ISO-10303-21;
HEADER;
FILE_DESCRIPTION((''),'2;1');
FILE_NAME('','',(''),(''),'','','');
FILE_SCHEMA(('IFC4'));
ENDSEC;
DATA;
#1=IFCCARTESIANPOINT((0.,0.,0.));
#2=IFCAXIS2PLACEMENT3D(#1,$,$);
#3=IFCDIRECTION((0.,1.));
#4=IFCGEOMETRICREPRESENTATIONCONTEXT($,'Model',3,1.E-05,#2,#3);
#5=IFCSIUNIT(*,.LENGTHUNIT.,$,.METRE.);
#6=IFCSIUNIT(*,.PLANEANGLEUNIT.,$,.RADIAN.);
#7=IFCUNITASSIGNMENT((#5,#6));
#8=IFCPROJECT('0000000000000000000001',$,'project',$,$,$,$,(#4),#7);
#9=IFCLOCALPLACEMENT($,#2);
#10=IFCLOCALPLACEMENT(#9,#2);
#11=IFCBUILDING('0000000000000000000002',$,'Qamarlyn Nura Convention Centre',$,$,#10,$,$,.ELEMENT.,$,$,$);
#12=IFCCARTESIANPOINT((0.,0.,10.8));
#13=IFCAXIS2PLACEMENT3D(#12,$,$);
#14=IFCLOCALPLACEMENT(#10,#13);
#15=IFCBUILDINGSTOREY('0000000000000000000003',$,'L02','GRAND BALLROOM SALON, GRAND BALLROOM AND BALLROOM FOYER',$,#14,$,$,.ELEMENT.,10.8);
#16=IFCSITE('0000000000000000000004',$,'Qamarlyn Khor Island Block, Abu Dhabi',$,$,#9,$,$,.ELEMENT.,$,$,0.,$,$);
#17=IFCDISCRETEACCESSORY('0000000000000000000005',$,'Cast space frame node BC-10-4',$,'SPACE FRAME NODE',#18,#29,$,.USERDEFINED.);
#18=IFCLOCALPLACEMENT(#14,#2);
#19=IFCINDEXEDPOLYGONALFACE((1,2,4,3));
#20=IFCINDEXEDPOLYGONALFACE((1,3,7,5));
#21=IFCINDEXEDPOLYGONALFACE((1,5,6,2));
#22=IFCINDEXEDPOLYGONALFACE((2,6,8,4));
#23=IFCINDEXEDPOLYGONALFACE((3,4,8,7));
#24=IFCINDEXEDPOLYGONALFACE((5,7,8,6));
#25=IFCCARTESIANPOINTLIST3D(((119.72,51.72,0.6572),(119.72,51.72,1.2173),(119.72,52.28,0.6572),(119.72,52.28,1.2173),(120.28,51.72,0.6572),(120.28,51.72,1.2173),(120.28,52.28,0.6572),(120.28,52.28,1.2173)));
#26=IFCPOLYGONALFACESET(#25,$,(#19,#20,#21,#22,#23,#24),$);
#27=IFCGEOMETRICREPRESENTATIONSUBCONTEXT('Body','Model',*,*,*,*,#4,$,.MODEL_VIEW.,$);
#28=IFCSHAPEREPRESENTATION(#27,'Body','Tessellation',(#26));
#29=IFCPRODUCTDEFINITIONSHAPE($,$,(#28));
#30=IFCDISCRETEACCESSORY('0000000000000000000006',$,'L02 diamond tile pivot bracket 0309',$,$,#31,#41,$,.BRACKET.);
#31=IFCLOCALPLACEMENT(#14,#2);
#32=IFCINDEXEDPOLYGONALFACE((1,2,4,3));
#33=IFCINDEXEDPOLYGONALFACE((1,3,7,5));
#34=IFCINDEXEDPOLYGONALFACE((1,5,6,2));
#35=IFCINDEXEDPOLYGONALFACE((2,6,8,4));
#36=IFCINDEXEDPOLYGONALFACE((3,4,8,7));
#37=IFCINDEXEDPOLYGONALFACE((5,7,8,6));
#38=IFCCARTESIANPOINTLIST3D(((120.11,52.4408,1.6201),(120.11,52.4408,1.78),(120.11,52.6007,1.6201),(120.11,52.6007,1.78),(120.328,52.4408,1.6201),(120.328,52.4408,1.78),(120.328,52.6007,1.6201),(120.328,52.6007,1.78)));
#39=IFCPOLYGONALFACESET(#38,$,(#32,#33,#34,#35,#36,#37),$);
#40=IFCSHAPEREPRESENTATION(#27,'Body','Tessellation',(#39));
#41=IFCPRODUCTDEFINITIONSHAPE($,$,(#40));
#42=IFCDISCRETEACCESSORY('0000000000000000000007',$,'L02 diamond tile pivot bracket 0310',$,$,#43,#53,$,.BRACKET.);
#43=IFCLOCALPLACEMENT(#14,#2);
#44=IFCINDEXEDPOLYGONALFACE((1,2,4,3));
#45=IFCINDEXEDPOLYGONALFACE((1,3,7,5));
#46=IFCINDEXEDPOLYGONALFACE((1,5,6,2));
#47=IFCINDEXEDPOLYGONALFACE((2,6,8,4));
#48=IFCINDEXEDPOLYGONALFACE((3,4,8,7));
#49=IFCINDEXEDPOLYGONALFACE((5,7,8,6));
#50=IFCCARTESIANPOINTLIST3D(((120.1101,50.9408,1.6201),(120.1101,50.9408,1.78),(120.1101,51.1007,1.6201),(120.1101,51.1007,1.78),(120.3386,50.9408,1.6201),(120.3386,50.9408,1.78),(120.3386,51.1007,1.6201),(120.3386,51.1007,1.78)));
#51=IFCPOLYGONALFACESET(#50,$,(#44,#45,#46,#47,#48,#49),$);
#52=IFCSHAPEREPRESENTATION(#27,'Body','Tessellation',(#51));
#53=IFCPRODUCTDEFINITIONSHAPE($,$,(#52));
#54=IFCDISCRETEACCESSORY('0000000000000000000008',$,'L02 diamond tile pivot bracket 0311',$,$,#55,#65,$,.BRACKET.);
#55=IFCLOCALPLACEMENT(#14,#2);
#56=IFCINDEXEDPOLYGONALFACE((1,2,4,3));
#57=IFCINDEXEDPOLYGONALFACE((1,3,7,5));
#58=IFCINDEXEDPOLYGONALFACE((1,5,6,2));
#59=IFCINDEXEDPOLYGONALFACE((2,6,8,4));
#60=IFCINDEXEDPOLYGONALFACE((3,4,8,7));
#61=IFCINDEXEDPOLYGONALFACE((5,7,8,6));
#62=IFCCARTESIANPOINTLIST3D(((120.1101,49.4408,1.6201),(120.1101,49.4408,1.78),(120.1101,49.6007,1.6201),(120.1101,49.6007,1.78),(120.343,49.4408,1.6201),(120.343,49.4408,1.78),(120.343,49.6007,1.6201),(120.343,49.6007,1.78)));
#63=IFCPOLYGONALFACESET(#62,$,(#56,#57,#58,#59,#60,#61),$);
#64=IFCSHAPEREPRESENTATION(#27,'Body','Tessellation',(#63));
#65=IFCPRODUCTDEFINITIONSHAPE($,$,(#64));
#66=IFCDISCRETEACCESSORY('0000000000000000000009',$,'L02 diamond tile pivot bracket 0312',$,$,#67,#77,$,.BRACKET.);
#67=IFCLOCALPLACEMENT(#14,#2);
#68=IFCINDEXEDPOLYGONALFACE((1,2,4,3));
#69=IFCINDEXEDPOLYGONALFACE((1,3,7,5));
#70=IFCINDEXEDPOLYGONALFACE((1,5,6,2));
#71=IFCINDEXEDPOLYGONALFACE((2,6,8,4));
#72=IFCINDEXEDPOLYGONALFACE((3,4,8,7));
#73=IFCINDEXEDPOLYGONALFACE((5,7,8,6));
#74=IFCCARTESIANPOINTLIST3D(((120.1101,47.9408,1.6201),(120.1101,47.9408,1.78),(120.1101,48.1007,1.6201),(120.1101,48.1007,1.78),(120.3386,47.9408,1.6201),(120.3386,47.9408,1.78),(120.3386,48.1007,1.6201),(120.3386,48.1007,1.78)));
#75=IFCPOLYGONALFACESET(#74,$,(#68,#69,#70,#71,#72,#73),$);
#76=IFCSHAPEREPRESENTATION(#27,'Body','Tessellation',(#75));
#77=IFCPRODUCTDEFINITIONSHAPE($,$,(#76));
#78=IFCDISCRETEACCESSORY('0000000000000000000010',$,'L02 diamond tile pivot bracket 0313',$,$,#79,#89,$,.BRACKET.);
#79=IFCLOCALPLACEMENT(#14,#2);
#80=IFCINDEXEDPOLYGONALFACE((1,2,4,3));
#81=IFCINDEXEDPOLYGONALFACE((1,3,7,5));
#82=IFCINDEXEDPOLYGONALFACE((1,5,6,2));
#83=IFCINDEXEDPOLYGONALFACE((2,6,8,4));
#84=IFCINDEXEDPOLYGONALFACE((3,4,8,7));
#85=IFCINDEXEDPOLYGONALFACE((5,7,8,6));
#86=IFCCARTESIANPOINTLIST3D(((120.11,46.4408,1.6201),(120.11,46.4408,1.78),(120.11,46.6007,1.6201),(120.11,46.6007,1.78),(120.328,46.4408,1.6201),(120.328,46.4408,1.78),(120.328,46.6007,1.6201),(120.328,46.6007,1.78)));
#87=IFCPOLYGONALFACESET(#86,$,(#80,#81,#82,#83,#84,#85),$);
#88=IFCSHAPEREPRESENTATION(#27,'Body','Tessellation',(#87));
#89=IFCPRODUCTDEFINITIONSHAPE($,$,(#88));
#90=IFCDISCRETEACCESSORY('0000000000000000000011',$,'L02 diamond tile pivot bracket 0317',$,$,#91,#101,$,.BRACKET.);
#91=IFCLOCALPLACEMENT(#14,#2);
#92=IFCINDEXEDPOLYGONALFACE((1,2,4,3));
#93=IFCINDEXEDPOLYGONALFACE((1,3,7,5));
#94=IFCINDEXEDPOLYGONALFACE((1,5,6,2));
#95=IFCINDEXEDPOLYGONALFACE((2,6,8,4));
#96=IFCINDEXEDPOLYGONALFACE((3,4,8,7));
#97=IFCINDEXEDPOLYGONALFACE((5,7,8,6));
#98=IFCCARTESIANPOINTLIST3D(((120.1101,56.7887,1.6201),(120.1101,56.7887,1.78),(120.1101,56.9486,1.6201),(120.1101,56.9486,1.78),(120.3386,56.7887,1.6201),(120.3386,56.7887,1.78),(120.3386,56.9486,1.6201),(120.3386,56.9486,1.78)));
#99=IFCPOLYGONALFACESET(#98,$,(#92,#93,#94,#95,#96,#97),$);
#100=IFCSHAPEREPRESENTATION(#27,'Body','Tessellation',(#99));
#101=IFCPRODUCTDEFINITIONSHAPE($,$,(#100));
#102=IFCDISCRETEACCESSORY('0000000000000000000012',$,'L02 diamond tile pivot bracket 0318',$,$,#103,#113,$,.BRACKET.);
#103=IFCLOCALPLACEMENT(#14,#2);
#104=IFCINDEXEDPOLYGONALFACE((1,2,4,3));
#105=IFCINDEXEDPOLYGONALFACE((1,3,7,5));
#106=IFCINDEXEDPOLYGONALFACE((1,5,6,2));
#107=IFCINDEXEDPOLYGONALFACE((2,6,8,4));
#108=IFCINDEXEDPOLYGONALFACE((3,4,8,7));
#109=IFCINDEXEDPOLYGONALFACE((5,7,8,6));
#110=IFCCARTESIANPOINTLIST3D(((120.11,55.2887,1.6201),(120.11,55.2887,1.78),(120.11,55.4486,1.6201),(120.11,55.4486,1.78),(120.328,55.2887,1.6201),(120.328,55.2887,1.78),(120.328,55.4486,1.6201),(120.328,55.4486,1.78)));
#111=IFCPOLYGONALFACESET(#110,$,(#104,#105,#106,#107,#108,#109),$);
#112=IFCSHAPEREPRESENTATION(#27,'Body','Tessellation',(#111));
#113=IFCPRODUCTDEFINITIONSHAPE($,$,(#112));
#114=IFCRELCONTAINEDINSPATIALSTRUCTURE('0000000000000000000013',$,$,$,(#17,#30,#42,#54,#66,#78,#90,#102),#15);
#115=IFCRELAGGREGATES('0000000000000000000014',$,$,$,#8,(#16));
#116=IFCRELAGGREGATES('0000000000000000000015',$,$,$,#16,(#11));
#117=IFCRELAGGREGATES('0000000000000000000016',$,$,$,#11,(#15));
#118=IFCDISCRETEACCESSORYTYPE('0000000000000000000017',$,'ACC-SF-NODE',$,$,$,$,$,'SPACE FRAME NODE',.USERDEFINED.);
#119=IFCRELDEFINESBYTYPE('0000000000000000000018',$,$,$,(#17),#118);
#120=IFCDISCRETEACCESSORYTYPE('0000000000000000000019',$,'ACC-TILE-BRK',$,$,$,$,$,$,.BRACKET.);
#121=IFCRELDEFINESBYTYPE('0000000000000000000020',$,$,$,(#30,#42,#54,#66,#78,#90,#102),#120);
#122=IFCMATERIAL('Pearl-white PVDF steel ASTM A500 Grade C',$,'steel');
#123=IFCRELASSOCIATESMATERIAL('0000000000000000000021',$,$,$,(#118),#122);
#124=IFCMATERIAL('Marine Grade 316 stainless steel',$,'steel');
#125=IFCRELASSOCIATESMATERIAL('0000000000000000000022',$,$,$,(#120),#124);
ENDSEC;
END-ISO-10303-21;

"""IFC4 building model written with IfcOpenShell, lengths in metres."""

from ifc_helpers import new_model, si_unit, direction, frame, origin, origin_2d, place, context, subcontext, project, spatial, rectangle, extrude, material, type_object, element, save


model = new_model("IFC4")

# Units and contexts
model_context = context("Model", 3, precision=1e-05, world=origin(), true_north=direction((0.0, 1.0)))
body_context = subcontext(model_context, "Body", "Model", "MODEL_VIEW")
ifc_project = project(units=[si_unit("LENGTHUNIT", "METRE"), si_unit("PLANEANGLEUNIT", "RADIAN")], contexts=[model_context])

# Site, building, storey
site_placement = place(None, origin())
site = spatial("IfcSite", under=ifc_project, at=site_placement, Name="Qamarlyn Khor Island Block, Abu Dhabi", CompositionType="ELEMENT", RefElevation=0.0)
building_placement = place(site_placement, origin())
building = spatial("IfcBuilding", under=site, at=building_placement, Name="Qamarlyn Nura Convention Centre", CompositionType="ELEMENT")
storey_placement = place(building_placement, frame((0.0, 0.0, 10.8)))
storey = spatial("IfcBuildingStorey", under=building, at=storey_placement, Name="L02", Description="GRAND BALLROOM SALON, GRAND BALLROOM AND BALLROOM FOYER", CompositionType="ELEMENT", Elevation=10.8)

# Shared definitions
ifc_material_1 = material(Name="Pearl-white PVDF steel ASTM A500 Grade C", Category="steel")

# Discrete accessories
discrete_accessory_type_1 = type_object("IfcDiscreteAccessoryType", Name="ACC-SF-NODE", ElementType="SPACE FRAME NODE", PredefinedType="USERDEFINED", material=ifc_material_1)
discrete_accessory_1_placement = place(storey_placement, frame((120.0, 52.0, 0.6572), z_axis=(0.0, 0.0, 1.0), x_axis=(1.0, 0.0, 0.0)))
element("IfcDiscreteAccessory", 1, at=discrete_accessory_1_placement, inside=storey, type_object=discrete_accessory_type_1, Name="Cast space frame node BC-10-4", ObjectType="SPACE FRAME NODE", PredefinedType="USERDEFINED", context=body_context, shape_type="SweptSolid", body=[
    extrude(rectangle(XDim=0.5601, YDim=0.5601, at=origin_2d()), origin(), (0.0, 0.0, 1.0), 0.5601),
])
ifc_material_2 = material(Name="Marine Grade 316 stainless steel", Category="steel")
discrete_accessory_type_2 = type_object("IfcDiscreteAccessoryType", Name="ACC-TILE-BRK", PredefinedType="BRACKET", material=ifc_material_2)
discrete_accessory_2_placement = place(storey_placement, frame((120.219, 52.5208, 1.6201), z_axis=(0.0, 0.0, 1.0), x_axis=(1.0, 0.0, 0.0)))
element("IfcDiscreteAccessory", 2, at=discrete_accessory_2_placement, inside=storey, type_object=discrete_accessory_type_2, Name="L02 diamond tile pivot bracket 0309", PredefinedType="BRACKET", context=body_context, shape_type="SweptSolid", body=[
    extrude(rectangle(XDim=0.218, YDim=0.1599, at=origin_2d()), origin(), (0.0, 0.0, 1.0), 0.1599),
])
discrete_accessory_3_placement = place(storey_placement, frame((120.2244, 51.0208, 1.6201), z_axis=(0.0, 0.0, 1.0), x_axis=(1.0, 0.0, 0.0)))
element("IfcDiscreteAccessory", 3, at=discrete_accessory_3_placement, inside=storey, type_object=discrete_accessory_type_2, Name="L02 diamond tile pivot bracket 0310", PredefinedType="BRACKET", context=body_context, shape_type="SweptSolid", body=[
    extrude(rectangle(XDim=0.2285, YDim=0.1599, at=origin_2d()), origin(), (0.0, 0.0, 1.0), 0.1599),
])
discrete_accessory_4_placement = place(storey_placement, frame((120.2266, 49.5208, 1.6201), z_axis=(0.0, 0.0, 1.0), x_axis=(1.0, 0.0, 0.0)))
element("IfcDiscreteAccessory", 4, at=discrete_accessory_4_placement, inside=storey, type_object=discrete_accessory_type_2, Name="L02 diamond tile pivot bracket 0311", PredefinedType="BRACKET", context=body_context, shape_type="SweptSolid", body=[
    extrude(rectangle(XDim=0.2329, YDim=0.1599, at=origin_2d()), origin(), (0.0, 0.0, 1.0), 0.1599),
])
discrete_accessory_5_placement = place(storey_placement, frame((120.2244, 48.0208, 1.6201), z_axis=(0.0, 0.0, 1.0), x_axis=(1.0, 0.0, 0.0)))
element("IfcDiscreteAccessory", 5, at=discrete_accessory_5_placement, inside=storey, type_object=discrete_accessory_type_2, Name="L02 diamond tile pivot bracket 0312", PredefinedType="BRACKET", context=body_context, shape_type="SweptSolid", body=[
    extrude(rectangle(XDim=0.2285, YDim=0.1599, at=origin_2d()), origin(), (0.0, 0.0, 1.0), 0.1599),
])
discrete_accessory_6_placement = place(storey_placement, frame((120.219, 46.5208, 1.6201), z_axis=(0.0, 0.0, 1.0), x_axis=(1.0, 0.0, 0.0)))
element("IfcDiscreteAccessory", 6, at=discrete_accessory_6_placement, inside=storey, type_object=discrete_accessory_type_2, Name="L02 diamond tile pivot bracket 0313", PredefinedType="BRACKET", context=body_context, shape_type="SweptSolid", body=[
    extrude(rectangle(XDim=0.218, YDim=0.1599, at=origin_2d()), origin(), (0.0, 0.0, 1.0), 0.1599),
])
discrete_accessory_7_placement = place(storey_placement, frame((120.2244, 56.8687, 1.6201), z_axis=(0.0, 0.0, 1.0), x_axis=(1.0, 0.0, 0.0)))
element("IfcDiscreteAccessory", 7, at=discrete_accessory_7_placement, inside=storey, type_object=discrete_accessory_type_2, Name="L02 diamond tile pivot bracket 0317", PredefinedType="BRACKET", context=body_context, shape_type="SweptSolid", body=[
    extrude(rectangle(XDim=0.2285, YDim=0.1599, at=origin_2d()), origin(), (0.0, 0.0, 1.0), 0.1599),
])
discrete_accessory_8_placement = place(storey_placement, frame((120.219, 55.3687, 1.6201), z_axis=(0.0, 0.0, 1.0), x_axis=(1.0, 0.0, 0.0)))
element("IfcDiscreteAccessory", 8, at=discrete_accessory_8_placement, inside=storey, type_object=discrete_accessory_type_2, Name="L02 diamond tile pivot bracket 0318", PredefinedType="BRACKET", context=body_context, shape_type="SweptSolid", body=[
    extrude(rectangle(XDim=0.218, YDim=0.1599, at=origin_2d()), origin(), (0.0, 0.0, 1.0), 0.1599),
])

save(model, "model.ifc")
